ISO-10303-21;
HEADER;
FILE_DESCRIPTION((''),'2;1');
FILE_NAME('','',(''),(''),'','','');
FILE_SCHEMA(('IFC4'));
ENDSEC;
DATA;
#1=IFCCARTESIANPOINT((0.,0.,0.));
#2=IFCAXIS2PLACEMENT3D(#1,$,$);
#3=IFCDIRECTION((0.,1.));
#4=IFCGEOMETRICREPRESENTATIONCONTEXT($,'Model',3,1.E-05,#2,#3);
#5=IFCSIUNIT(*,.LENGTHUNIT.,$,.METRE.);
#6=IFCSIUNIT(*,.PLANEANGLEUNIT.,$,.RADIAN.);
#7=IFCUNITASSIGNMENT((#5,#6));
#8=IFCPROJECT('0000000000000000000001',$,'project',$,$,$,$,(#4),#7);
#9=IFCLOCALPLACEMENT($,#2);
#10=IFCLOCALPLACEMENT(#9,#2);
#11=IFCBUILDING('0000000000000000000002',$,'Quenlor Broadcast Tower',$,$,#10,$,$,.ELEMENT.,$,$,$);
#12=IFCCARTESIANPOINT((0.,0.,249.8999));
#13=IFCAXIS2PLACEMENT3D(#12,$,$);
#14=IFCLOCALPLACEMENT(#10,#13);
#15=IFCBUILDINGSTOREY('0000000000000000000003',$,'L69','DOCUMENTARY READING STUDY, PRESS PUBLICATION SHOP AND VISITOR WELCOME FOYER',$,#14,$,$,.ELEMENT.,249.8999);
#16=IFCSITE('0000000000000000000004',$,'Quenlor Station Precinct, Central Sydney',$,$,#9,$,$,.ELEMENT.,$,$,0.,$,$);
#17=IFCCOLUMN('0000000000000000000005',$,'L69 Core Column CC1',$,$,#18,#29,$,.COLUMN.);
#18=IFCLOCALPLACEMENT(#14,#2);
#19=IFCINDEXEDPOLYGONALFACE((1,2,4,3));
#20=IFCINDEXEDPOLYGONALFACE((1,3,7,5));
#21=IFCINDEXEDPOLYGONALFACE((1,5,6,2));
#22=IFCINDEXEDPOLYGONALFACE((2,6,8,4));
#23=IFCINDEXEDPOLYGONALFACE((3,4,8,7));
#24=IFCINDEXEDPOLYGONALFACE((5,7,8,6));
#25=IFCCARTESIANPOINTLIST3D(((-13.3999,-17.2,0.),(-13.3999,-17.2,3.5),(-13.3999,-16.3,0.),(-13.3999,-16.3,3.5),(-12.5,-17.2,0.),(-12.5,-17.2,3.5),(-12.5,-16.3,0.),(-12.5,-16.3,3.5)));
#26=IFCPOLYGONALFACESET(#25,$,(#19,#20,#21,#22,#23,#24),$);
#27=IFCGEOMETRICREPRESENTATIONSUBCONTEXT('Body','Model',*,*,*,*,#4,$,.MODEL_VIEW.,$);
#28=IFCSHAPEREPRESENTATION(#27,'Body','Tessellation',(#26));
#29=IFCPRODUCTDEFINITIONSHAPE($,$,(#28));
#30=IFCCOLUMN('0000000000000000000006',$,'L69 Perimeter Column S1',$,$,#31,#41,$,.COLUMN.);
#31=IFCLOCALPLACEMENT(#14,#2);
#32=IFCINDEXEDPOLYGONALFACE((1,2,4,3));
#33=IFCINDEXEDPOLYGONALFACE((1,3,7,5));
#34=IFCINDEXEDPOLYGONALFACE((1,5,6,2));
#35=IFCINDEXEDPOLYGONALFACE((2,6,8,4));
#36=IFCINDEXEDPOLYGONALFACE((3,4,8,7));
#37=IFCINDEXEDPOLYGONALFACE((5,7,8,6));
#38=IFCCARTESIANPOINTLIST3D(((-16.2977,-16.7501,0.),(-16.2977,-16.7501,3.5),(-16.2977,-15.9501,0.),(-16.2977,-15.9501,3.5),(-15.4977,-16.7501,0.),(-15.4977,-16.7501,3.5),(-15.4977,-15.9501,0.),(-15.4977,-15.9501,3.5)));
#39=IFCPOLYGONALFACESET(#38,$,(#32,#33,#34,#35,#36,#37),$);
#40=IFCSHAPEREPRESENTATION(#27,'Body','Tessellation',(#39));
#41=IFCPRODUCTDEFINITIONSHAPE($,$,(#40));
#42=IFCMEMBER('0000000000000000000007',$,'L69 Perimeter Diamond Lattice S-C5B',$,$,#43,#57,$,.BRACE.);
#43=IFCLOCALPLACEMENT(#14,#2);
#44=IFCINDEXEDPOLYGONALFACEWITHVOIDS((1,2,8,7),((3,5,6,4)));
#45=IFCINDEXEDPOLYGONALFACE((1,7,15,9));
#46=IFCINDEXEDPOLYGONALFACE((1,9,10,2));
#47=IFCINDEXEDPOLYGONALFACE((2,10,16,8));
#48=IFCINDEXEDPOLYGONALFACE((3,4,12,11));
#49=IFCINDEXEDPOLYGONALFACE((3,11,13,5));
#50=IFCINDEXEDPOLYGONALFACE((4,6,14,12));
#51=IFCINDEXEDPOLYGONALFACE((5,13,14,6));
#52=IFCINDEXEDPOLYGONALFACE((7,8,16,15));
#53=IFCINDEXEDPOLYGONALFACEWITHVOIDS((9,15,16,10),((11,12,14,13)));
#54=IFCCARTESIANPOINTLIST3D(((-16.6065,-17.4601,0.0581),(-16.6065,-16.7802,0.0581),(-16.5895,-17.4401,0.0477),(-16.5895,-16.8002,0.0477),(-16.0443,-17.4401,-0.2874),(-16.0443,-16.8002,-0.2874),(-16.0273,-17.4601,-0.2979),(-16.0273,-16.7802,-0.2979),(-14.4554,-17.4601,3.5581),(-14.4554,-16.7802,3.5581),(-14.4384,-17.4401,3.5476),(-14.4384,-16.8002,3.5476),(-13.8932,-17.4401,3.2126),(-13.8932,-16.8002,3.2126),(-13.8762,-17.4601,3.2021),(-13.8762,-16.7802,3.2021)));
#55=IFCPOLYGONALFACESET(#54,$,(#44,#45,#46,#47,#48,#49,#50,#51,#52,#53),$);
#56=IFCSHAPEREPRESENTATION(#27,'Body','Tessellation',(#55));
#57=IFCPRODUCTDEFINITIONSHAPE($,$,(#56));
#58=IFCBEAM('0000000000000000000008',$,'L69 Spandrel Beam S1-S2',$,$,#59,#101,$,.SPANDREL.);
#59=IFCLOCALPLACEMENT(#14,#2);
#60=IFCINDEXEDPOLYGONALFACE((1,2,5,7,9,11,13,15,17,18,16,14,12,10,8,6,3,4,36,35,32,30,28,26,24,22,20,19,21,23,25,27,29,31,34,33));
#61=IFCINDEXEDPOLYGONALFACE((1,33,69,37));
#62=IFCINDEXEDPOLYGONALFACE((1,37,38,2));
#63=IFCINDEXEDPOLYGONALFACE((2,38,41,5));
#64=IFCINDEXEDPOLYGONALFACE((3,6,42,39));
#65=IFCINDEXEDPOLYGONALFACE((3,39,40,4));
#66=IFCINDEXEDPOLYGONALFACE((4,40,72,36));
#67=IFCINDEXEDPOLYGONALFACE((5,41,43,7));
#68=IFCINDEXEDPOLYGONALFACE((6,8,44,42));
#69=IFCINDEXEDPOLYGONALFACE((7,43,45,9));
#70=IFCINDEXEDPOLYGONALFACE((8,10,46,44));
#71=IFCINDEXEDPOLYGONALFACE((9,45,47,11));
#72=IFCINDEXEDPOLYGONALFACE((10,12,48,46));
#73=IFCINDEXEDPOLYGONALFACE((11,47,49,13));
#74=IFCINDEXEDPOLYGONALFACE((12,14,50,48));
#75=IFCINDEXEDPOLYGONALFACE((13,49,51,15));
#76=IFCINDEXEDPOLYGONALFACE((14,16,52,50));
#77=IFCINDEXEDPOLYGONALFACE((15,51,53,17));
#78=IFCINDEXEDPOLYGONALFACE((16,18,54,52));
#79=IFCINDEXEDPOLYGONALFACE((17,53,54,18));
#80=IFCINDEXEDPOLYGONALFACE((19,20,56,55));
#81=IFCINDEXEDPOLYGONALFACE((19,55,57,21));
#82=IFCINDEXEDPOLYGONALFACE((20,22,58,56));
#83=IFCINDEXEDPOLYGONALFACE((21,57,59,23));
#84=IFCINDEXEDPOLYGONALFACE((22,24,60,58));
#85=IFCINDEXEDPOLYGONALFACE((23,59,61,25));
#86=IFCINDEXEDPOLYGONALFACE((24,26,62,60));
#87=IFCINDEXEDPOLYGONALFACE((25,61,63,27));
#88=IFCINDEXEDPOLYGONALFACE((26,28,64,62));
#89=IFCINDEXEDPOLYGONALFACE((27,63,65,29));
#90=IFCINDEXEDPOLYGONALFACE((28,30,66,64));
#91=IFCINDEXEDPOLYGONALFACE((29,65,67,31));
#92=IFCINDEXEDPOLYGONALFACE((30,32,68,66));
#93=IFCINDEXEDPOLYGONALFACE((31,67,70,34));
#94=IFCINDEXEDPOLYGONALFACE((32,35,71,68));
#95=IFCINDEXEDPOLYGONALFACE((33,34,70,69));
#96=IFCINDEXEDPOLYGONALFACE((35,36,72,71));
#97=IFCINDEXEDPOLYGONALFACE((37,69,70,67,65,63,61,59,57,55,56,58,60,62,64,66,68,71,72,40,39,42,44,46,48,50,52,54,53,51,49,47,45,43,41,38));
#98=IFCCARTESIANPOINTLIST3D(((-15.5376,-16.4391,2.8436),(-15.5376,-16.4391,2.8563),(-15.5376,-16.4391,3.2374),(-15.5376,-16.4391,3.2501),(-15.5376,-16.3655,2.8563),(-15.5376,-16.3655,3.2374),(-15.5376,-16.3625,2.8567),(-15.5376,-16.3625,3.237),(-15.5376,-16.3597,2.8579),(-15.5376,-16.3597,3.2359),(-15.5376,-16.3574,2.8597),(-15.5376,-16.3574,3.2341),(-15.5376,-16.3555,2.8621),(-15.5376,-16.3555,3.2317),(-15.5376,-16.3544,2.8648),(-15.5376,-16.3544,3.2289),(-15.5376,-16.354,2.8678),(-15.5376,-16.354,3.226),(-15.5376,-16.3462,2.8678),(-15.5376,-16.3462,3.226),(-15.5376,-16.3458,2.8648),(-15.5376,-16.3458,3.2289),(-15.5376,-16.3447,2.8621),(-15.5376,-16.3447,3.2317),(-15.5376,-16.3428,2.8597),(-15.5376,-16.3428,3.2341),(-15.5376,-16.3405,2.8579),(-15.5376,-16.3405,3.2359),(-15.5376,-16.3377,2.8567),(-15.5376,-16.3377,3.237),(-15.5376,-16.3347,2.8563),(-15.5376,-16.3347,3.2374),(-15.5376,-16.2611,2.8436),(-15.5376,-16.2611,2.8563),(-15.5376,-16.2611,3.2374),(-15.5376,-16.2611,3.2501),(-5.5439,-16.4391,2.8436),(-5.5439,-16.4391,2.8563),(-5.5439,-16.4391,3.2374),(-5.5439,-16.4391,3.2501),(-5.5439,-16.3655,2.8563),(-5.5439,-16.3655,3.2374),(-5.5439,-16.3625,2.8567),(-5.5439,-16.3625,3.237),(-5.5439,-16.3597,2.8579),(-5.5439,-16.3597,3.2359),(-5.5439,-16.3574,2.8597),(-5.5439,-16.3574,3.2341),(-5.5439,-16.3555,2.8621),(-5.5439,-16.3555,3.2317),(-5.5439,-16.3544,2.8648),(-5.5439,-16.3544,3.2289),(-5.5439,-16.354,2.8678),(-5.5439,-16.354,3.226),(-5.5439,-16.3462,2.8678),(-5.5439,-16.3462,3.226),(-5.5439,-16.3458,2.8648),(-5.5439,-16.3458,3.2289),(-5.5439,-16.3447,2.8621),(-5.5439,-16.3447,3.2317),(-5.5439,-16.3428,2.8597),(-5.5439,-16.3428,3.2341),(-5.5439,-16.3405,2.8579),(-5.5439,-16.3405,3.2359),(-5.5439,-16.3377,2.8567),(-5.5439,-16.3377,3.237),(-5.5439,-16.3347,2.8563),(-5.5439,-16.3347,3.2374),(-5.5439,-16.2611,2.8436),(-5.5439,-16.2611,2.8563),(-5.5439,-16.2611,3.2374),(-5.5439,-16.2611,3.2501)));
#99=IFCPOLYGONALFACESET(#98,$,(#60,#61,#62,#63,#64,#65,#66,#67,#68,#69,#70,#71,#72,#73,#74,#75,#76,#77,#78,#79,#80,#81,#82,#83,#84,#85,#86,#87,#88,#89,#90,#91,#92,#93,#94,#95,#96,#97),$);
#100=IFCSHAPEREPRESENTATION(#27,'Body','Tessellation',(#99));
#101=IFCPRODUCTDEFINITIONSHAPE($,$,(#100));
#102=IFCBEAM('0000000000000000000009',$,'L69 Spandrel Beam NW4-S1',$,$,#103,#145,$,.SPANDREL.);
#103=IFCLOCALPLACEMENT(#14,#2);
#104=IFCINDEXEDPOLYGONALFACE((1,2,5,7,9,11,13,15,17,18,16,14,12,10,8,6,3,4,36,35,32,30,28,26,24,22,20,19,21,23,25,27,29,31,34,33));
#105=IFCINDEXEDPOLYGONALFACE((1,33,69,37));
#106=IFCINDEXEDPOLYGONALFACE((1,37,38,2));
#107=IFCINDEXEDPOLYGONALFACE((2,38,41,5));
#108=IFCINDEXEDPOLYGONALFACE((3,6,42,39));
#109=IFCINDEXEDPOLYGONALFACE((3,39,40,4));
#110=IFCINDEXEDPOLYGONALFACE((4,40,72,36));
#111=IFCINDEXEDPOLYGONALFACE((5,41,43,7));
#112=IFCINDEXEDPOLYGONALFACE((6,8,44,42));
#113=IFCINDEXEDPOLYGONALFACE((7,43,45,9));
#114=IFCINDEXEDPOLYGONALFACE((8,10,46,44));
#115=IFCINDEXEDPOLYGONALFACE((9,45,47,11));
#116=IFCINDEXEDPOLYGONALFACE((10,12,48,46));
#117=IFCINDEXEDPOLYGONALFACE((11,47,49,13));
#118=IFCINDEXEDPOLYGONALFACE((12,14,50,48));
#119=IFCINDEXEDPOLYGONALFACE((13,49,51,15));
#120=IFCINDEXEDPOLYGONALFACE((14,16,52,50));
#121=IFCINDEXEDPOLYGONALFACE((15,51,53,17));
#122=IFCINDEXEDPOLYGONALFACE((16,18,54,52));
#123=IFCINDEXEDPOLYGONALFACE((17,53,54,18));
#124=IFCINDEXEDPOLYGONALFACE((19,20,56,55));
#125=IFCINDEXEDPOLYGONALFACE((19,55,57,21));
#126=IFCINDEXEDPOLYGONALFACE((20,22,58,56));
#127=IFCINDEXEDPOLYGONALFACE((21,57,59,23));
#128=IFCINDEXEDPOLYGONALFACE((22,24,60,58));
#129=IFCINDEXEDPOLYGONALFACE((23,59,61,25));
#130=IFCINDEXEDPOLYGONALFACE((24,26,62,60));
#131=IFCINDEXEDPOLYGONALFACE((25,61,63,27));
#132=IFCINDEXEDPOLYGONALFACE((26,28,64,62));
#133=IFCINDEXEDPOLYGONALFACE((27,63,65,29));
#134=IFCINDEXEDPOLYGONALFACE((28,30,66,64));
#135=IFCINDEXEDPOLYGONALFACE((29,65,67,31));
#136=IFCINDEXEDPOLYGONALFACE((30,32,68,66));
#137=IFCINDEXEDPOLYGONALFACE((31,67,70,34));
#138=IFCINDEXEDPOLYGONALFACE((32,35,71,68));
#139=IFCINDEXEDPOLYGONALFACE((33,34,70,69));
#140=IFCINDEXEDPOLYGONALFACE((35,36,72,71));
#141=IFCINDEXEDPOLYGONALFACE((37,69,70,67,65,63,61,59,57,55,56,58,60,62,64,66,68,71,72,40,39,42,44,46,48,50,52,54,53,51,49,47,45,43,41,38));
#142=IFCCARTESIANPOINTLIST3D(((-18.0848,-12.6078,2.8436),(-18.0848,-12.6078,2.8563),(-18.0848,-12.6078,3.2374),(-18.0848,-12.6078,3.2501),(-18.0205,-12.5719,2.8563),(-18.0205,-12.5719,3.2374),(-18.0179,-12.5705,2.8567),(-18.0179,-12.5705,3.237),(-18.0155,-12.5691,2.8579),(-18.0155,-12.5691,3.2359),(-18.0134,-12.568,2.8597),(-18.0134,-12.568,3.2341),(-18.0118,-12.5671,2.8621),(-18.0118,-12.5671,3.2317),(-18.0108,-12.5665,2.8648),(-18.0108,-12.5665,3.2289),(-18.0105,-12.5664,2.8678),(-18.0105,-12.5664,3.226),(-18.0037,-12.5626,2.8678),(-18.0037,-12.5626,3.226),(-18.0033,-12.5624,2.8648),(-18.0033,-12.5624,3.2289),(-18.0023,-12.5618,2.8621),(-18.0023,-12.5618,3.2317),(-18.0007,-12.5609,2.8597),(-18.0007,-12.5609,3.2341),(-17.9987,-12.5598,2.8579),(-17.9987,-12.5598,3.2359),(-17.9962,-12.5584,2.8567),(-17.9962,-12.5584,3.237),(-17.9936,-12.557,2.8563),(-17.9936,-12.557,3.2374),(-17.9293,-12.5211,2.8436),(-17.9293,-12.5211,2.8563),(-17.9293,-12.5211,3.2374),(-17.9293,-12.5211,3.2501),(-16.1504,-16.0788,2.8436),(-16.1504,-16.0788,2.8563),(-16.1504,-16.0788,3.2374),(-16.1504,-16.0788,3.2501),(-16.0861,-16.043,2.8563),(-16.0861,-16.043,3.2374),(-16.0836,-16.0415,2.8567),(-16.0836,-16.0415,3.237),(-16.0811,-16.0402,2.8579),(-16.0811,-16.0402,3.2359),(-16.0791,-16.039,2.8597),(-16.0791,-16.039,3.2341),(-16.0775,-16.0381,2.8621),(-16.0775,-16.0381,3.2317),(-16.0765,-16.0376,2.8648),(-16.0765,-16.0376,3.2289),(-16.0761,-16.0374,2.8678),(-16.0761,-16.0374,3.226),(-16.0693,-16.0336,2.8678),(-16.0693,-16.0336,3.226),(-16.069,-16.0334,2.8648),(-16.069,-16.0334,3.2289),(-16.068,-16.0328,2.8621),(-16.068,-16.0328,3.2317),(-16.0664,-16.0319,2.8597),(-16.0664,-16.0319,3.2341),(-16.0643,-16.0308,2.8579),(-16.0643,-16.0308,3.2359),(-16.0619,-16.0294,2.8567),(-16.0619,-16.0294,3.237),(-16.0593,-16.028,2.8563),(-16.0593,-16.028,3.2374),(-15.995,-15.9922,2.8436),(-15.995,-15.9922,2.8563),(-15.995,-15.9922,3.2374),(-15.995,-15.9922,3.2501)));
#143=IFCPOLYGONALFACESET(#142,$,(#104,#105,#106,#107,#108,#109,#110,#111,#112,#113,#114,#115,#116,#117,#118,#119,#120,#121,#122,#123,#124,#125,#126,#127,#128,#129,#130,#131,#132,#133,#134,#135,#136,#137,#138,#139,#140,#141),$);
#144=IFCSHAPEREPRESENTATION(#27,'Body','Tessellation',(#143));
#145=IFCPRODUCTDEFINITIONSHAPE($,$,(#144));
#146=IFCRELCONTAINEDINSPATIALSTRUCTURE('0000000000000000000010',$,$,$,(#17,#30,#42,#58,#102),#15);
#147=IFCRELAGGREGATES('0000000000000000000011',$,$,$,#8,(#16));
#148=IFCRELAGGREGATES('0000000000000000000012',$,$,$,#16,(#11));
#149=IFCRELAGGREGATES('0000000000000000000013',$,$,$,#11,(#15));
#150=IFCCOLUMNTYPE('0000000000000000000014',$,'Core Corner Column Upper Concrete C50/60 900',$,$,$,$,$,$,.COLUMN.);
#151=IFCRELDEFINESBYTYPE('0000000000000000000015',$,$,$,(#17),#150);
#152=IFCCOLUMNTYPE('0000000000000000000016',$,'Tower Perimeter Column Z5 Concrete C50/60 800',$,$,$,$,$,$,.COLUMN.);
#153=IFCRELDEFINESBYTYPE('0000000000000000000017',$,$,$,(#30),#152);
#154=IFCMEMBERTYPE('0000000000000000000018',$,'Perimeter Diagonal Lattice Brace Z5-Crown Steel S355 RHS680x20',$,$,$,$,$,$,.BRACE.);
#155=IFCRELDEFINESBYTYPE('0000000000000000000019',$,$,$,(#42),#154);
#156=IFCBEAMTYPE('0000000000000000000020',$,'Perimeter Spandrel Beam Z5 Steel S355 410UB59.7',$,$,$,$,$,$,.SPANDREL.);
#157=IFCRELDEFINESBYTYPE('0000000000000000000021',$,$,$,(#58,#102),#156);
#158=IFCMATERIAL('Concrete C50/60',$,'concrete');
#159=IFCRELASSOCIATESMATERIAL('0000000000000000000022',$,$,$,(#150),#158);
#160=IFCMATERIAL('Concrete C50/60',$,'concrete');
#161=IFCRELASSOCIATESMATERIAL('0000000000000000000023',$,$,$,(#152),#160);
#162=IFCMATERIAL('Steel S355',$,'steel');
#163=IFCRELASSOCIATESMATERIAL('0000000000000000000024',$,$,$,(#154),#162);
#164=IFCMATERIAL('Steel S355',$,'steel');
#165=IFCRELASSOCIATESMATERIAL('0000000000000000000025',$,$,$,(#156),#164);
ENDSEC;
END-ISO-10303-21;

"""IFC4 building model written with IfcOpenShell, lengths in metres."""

from ifc_helpers import new_model, si_unit, direction, frame, origin, origin_2d, place, context, subcontext, project, spatial, rectangle, hollow_rectangle, i_section, extrude, material, material_profile, profile_set, type_object, element, save


model = new_model("IFC4")

# Units and contexts
model_context = context("Model", 3, precision=1e-05, world=origin(), true_north=direction((0.0, 1.0)))
body_context = subcontext(model_context, "Body", "Model", "MODEL_VIEW")
ifc_project = project(units=[si_unit("LENGTHUNIT", "METRE"), si_unit("PLANEANGLEUNIT", "RADIAN")], contexts=[model_context])

# Site, building, storey
site_placement = place(None, origin())
site = spatial("IfcSite", under=ifc_project, at=site_placement, Name="Quenlor Station Precinct, Central Sydney", CompositionType="ELEMENT", RefElevation=0.0)
building_placement = place(site_placement, origin())
building = spatial("IfcBuilding", under=site, at=building_placement, Name="Quenlor Broadcast Tower", CompositionType="ELEMENT")
storey_placement = place(building_placement, frame((0.0, 0.0, 249.8999)))
storey = spatial("IfcBuildingStorey", under=building, at=storey_placement, Name="L69", Description="DOCUMENTARY READING STUDY, PRESS PUBLICATION SHOP AND VISITOR WELCOME FOYER", CompositionType="ELEMENT", Elevation=249.8999)

# Columns
ifc_material_1 = material(Name="Concrete C50/60", Category="concrete")
ifc_material_profile_1 = material_profile(ifc_material_1, rectangle(XDim=0.8999, YDim=0.8999, at=origin_2d()))
ifc_profile_set_1 = profile_set([ifc_material_profile_1], Name="Concrete C50/60 RC900x900")
column_type_1 = type_object("IfcColumnType", Name="Core Corner Column Upper Concrete C50/60 900", PredefinedType="COLUMN", material=ifc_profile_set_1)
column_1_placement = place(storey_placement, frame((-12.95, -16.75, 0.0), z_axis=(0.0, 0.0, 1.0), x_axis=(1.0, 0.0, 0.0)))
element("IfcColumn", 1, at=column_1_placement, inside=storey, type_object=column_type_1, Name="L69 Core Column CC1", PredefinedType="COLUMN", context=body_context, shape_type="SweptSolid", body=[
    extrude(rectangle(XDim=0.8999, YDim=0.8999, at=origin_2d()), origin(), (0.0, 0.0, 1.0), 3.5),
])
ifc_material_2 = material(Name="Concrete C50/60", Category="concrete")
ifc_material_profile_2 = material_profile(ifc_material_2, rectangle(XDim=0.8, YDim=0.8, at=origin_2d()))
ifc_profile_set_2 = profile_set([ifc_material_profile_2], Name="Concrete C50/60 RC800x800")
column_type_2 = type_object("IfcColumnType", Name="Tower Perimeter Column Z5 Concrete C50/60 800", PredefinedType="COLUMN", material=ifc_profile_set_2)
column_2_placement = place(storey_placement, frame((-15.8977, -16.3501, 0.0), z_axis=(0.0, 0.0, 1.0), x_axis=(0.0, 1.0, 0.0)))
element("IfcColumn", 2, at=column_2_placement, inside=storey, type_object=column_type_2, Name="L69 Perimeter Column S1", PredefinedType="COLUMN", context=body_context, shape_type="SweptSolid", body=[
    extrude(rectangle(XDim=0.8, YDim=0.8, at=origin_2d()), origin(), (0.0, 0.0, 1.0), 3.5),
])

# Member
ifc_material_3 = material(Name="Steel S355", Category="steel")
ifc_material_profile_3 = material_profile(ifc_material_3, hollow_rectangle(XDim=0.6799, YDim=0.6799, WallThickness=0.02, at=origin_2d()))
ifc_profile_set_3 = profile_set([ifc_material_profile_3], Name="Steel S355 RHS680x680x20")
member_type = type_object("IfcMemberType", Name="Perimeter Diagonal Lattice Brace Z5-Crown Steel S355 RHS680x20", PredefinedType="BRACE", material=ifc_profile_set_3)
member_placement = place(storey_placement, frame((-16.3169, -17.1201, -0.1199), z_axis=(0.523617, 0.0, 0.851954), x_axis=(0.0, 1.0, 0.0)))
element("IfcMember", 3, at=member_placement, inside=storey, type_object=member_type, Name="L69 Perimeter Diamond Lattice S-C5B", PredefinedType="BRACE", context=body_context, shape_type="SweptSolid", body=[
    extrude(hollow_rectangle(XDim=0.6799, YDim=0.6799, WallThickness=0.02, at=origin_2d()), origin(), (0.0, 0.0, 1.0), 4.1082),
])

# Beams
ifc_material_4 = material(Name="Steel S355", Category="steel")
ifc_material_profile_4 = material_profile(ifc_material_4, i_section(OverallWidth=0.178, OverallDepth=0.4065, WebThickness=0.0078, FlangeThickness=0.0127, FilletRadius=0.0115, at=origin_2d()))
ifc_profile_set_4 = profile_set([ifc_material_profile_4], Name="Steel S355 410UB59.7")
beam_type_1 = type_object("IfcBeamType", Name="Perimeter Spandrel Beam Z5 Steel S355 410UB59.7", PredefinedType="SPANDREL", material=ifc_profile_set_4)
beam_1_placement = place(storey_placement, frame((-15.5376, -16.3501, 3.0469), z_axis=(1.0, 0.0, 0.0), x_axis=(0.0, 1.0, 0.0)))
element("IfcBeam", 4, at=beam_1_placement, inside=storey, type_object=beam_type_1, Name="L69 Spandrel Beam S1-S2", PredefinedType="SPANDREL", context=body_context, shape_type="SweptSolid", body=[
    extrude(i_section(OverallWidth=0.178, OverallDepth=0.4065, WebThickness=0.0078, FlangeThickness=0.0127, FilletRadius=0.0115, at=origin_2d()), origin(), (0.0, 0.0, 1.0), 9.9937),
])
beam_2_placement = place(storey_placement, frame((-18.0071, -12.5645, 3.0469), z_axis=(0.486801, -0.873513, 0.0), x_axis=(0.873513, 0.486801, 0.0)))
element("IfcBeam", 5, at=beam_2_placement, inside=storey, type_object=beam_type_1, Name="L69 Spandrel Beam NW4-S1", PredefinedType="SPANDREL", context=body_context, shape_type="SweptSolid", body=[
    extrude(i_section(OverallWidth=0.178, OverallDepth=0.4065, WebThickness=0.0078, FlangeThickness=0.0127, FilletRadius=0.0115, at=origin_2d()), origin(), (0.0, 0.0, 1.0), 3.9736),
])

save(model, "model.ifc")
